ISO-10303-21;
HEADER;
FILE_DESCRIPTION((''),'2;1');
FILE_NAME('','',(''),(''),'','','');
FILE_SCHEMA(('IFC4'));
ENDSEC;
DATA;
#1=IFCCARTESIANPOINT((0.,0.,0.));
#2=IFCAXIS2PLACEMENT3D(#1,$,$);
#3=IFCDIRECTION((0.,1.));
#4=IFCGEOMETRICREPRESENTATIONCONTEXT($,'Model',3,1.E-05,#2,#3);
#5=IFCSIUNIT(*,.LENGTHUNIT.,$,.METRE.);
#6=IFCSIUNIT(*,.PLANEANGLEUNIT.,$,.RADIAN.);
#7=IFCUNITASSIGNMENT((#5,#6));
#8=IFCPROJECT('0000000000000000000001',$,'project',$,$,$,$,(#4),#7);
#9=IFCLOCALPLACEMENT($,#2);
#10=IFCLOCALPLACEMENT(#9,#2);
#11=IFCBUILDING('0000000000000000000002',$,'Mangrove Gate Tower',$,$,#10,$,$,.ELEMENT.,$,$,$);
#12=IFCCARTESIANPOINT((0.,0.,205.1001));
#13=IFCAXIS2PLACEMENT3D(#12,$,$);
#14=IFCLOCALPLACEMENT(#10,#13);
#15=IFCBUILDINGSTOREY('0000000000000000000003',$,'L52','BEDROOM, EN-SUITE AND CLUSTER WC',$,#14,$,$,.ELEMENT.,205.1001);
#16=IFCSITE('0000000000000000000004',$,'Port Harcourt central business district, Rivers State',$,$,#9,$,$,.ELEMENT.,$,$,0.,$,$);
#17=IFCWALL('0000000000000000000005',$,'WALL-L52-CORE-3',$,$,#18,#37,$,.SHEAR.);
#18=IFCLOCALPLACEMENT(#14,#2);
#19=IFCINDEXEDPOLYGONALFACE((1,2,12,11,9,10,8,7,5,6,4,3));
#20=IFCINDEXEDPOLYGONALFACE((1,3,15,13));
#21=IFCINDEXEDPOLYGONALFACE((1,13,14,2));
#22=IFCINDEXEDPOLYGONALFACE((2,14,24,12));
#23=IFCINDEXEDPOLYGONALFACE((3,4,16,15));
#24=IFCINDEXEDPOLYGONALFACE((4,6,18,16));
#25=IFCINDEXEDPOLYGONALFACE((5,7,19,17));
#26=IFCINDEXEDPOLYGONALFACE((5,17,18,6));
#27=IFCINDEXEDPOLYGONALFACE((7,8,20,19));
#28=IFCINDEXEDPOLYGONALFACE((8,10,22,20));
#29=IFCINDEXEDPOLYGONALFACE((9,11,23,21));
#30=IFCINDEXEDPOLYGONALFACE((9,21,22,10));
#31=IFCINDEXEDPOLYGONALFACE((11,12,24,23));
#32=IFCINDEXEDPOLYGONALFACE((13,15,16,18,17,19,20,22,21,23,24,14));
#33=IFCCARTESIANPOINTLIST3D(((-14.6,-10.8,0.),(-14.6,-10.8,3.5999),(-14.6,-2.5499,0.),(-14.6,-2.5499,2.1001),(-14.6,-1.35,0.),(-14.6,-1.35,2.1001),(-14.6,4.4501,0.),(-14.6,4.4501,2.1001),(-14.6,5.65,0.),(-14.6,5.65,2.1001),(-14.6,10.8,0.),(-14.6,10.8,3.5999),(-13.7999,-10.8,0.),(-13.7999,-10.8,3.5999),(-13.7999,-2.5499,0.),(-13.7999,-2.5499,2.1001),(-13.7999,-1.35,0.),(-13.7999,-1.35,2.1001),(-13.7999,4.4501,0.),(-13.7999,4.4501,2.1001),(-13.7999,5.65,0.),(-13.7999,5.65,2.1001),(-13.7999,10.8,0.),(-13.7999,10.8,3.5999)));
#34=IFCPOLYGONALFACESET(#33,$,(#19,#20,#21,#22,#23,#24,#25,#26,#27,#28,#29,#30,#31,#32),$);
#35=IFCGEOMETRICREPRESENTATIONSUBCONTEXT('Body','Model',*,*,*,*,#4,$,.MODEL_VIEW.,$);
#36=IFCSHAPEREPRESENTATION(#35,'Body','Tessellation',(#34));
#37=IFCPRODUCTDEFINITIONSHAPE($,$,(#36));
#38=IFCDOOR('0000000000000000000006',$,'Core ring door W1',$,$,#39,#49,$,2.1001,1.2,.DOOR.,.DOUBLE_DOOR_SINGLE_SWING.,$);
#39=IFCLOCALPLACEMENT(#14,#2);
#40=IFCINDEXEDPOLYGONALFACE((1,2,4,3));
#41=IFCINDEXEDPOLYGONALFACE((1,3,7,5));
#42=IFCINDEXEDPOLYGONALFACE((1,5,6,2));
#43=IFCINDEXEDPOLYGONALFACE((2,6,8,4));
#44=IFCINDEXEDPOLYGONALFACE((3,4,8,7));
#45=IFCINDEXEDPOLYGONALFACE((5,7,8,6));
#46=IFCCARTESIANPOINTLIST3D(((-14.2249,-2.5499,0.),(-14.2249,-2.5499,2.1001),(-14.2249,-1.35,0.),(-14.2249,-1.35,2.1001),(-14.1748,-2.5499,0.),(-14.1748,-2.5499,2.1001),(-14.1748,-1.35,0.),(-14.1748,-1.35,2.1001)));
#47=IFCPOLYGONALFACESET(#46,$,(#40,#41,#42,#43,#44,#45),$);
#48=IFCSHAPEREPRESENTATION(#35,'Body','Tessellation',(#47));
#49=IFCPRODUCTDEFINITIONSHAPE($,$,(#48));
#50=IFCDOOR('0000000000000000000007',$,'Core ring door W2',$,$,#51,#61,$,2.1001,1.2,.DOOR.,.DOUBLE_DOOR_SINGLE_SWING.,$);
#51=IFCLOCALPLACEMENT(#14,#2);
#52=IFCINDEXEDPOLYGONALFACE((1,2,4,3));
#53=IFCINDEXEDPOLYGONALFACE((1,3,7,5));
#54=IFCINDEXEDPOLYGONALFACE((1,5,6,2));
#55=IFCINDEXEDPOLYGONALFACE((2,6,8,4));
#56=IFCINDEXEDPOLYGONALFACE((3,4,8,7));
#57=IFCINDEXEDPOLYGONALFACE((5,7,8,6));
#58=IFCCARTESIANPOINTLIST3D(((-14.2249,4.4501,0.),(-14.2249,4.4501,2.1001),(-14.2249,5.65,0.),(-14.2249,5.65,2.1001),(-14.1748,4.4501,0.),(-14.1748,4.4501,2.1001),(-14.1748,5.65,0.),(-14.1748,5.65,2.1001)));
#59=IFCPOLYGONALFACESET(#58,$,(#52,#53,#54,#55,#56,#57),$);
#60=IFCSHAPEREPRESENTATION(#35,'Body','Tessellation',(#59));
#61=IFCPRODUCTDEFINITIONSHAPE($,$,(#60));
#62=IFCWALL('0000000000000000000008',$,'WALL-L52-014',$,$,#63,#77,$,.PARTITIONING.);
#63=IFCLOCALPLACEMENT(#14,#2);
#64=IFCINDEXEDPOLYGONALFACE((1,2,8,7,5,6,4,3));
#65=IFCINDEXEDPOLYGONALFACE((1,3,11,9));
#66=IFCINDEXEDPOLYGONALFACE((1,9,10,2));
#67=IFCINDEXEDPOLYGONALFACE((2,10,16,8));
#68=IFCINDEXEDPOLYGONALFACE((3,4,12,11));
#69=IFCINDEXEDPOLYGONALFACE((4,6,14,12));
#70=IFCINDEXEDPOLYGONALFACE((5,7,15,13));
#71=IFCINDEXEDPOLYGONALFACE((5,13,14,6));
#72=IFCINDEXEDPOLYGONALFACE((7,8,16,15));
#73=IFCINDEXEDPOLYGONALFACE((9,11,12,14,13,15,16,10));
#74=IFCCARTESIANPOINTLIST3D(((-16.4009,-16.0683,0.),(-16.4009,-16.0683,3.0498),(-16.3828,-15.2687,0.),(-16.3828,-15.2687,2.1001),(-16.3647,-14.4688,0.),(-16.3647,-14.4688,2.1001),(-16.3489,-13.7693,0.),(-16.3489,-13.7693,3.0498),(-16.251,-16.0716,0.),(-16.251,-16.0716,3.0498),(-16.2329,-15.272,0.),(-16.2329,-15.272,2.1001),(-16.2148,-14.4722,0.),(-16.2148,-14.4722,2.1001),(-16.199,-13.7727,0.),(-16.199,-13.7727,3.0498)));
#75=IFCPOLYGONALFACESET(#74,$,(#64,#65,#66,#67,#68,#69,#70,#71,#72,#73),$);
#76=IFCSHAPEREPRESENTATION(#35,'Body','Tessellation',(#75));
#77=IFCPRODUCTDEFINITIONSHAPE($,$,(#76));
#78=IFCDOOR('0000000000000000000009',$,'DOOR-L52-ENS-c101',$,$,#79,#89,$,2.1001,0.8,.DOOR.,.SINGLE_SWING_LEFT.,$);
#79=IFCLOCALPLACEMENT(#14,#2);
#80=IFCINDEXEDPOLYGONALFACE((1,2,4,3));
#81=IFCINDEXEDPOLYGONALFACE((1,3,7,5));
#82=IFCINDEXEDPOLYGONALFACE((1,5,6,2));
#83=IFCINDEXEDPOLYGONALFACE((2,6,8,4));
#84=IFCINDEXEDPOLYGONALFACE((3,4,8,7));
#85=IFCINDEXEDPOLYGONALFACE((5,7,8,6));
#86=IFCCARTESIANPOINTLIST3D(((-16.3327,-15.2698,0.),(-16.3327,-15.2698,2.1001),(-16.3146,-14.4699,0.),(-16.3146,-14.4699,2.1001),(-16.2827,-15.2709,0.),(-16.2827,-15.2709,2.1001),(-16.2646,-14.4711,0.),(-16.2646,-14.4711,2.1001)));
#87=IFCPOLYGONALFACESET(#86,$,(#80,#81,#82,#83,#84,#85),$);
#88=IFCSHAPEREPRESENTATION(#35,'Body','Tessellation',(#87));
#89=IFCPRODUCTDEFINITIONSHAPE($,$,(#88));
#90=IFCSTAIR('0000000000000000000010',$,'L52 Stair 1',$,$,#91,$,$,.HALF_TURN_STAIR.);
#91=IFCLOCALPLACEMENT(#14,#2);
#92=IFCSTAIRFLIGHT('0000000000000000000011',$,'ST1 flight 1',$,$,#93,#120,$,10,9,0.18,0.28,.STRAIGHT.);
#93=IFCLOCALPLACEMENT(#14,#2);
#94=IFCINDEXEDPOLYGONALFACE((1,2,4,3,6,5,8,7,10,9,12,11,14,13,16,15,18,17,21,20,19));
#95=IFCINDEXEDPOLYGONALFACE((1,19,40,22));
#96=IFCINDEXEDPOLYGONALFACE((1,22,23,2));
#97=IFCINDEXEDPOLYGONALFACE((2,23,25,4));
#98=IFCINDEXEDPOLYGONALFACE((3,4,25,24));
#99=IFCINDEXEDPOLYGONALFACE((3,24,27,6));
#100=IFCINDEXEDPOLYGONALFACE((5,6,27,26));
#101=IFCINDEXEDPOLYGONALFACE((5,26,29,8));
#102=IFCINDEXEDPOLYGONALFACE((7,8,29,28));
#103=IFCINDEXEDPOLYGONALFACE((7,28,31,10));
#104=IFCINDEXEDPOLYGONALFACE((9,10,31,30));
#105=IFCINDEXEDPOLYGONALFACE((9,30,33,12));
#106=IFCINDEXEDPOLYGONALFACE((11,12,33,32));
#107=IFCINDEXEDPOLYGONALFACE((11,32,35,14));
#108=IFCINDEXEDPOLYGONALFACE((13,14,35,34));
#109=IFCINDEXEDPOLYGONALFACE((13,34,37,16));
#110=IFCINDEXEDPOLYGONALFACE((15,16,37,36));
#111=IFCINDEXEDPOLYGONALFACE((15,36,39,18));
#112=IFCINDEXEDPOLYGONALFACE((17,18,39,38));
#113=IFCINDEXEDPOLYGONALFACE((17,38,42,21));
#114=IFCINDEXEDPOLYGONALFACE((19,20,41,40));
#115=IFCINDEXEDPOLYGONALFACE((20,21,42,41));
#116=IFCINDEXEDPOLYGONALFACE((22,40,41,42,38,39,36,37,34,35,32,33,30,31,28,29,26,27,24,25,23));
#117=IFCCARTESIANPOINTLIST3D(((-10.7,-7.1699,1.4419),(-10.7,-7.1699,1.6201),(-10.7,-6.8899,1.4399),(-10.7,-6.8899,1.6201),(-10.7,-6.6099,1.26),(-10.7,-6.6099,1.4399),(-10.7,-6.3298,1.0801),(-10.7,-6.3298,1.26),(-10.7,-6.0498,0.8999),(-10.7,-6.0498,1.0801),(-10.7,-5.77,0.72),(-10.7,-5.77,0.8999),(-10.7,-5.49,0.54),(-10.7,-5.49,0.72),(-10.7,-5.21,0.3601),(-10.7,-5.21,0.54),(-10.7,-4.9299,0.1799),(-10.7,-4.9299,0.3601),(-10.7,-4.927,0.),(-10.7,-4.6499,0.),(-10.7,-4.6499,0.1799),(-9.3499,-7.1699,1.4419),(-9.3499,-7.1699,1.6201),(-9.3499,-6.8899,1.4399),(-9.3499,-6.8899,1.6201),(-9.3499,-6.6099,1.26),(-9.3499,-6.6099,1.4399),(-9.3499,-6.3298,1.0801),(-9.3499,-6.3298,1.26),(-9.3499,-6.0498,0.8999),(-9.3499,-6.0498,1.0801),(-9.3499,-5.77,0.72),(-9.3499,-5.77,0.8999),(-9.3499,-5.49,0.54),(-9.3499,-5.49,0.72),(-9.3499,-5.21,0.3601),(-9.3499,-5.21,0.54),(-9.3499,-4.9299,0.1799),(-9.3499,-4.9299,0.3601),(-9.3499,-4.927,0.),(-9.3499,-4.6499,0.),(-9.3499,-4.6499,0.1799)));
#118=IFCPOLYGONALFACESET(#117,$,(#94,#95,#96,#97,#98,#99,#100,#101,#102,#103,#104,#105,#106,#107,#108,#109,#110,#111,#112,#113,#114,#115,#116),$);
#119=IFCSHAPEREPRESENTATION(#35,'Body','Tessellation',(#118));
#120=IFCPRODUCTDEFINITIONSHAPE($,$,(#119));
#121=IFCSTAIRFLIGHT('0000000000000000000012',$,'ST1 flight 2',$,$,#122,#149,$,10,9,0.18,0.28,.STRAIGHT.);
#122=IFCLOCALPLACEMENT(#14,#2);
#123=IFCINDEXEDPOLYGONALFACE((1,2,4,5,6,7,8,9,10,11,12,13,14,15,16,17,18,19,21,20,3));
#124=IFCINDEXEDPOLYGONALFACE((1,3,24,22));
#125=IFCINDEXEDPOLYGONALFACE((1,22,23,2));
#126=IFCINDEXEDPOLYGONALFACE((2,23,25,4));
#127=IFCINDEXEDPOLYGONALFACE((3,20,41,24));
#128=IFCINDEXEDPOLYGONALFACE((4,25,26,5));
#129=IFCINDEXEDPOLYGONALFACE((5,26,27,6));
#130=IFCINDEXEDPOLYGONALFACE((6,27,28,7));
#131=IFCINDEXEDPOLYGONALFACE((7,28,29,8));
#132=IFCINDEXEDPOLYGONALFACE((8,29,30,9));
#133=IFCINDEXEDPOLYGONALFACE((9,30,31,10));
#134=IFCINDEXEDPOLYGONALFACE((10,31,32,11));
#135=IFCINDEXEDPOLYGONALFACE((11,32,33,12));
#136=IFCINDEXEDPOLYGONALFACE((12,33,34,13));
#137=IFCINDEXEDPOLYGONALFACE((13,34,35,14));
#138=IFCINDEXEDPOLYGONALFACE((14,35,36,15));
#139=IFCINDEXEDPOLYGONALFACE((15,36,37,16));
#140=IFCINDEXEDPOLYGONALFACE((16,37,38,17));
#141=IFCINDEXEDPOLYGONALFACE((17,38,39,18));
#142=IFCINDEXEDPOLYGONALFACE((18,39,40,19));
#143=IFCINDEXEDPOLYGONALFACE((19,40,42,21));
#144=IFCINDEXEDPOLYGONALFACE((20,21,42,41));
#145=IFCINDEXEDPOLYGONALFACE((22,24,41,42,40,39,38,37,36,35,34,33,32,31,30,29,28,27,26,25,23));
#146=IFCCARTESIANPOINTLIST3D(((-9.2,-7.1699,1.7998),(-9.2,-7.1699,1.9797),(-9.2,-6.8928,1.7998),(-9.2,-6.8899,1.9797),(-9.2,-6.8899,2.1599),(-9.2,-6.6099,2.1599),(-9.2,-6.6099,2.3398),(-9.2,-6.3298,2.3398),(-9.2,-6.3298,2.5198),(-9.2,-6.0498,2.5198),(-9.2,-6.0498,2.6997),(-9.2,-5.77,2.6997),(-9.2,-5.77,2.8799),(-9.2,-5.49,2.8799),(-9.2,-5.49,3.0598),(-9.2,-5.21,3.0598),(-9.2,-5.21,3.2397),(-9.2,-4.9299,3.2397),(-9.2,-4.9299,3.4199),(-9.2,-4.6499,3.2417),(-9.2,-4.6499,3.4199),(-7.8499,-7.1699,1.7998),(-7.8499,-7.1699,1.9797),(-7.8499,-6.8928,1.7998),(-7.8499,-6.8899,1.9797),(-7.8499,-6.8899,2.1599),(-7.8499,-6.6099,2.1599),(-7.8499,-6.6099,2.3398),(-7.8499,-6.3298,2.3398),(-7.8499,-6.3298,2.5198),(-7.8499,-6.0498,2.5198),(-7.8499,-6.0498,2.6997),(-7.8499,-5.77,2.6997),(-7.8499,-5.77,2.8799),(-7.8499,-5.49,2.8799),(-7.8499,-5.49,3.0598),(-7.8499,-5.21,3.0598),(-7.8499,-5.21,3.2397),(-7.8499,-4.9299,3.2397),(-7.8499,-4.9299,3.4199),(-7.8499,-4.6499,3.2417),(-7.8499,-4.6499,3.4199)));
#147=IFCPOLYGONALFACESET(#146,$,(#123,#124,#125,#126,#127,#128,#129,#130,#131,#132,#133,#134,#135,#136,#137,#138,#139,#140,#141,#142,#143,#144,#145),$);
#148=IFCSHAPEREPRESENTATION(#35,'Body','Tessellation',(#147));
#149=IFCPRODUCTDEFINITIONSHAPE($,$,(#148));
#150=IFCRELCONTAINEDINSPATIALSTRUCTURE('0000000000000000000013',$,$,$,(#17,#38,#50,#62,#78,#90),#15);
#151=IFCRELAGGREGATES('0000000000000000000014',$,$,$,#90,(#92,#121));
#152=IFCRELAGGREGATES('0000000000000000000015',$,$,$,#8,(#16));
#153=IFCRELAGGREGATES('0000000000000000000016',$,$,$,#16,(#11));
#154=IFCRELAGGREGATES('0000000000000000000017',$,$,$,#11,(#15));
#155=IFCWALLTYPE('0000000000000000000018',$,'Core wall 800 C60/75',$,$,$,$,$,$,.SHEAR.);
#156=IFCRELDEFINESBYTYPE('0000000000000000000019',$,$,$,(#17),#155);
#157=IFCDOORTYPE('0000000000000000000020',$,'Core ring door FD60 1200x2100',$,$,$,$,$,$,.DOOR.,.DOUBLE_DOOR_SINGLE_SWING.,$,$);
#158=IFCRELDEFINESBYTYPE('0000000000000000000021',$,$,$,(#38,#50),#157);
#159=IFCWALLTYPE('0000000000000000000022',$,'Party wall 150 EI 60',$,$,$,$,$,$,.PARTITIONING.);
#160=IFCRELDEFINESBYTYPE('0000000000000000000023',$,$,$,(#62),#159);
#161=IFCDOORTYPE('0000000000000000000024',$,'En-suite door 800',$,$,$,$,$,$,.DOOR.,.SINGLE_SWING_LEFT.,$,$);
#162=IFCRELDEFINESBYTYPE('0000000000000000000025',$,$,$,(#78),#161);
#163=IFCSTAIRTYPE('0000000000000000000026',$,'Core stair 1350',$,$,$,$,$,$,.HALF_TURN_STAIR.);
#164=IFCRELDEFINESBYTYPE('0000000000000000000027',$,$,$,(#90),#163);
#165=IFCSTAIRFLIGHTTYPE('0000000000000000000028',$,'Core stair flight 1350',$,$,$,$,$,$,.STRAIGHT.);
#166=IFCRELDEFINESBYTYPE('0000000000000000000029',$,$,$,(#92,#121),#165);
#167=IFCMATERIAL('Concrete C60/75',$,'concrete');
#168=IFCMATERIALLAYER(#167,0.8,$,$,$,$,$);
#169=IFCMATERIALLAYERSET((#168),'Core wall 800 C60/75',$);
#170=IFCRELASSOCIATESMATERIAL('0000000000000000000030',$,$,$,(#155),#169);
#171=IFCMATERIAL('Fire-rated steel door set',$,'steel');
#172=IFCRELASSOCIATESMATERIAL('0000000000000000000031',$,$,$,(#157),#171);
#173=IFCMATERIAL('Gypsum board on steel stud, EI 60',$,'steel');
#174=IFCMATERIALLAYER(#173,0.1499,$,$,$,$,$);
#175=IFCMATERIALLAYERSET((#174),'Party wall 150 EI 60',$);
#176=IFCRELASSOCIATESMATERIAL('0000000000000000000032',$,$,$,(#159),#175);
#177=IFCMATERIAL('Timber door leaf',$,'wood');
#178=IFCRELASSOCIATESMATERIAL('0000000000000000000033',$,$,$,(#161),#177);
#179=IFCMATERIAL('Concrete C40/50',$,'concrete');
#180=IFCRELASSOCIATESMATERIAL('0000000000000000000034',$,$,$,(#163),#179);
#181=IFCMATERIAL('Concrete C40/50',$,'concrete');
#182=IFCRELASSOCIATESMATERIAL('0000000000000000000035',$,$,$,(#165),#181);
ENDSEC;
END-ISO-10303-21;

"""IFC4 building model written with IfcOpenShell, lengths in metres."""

from ifc_helpers import new_model, si_unit, direction, frame, frame_2d, origin, place, context, subcontext, project, spatial, polyline, rectangle, outline, extrude, material, layer, layer_set, type_object, element, fill, aggregate, save


model = new_model("IFC4")

# Units and contexts
model_context = context("Model", 3, precision=1e-05, world=origin(), true_north=direction((0.0, 1.0)))
body_context = subcontext(model_context, "Body", "Model", "MODEL_VIEW")
ifc_project = project(units=[si_unit("LENGTHUNIT", "METRE"), si_unit("PLANEANGLEUNIT", "RADIAN")], contexts=[model_context])

# Site, building, storey
site_placement = place(None, origin())
site = spatial("IfcSite", under=ifc_project, at=site_placement, Name="Port Harcourt central business district, Rivers State", CompositionType="ELEMENT", RefElevation=0.0)
building_placement = place(site_placement, origin())
building = spatial("IfcBuilding", under=site, at=building_placement, Name="Mangrove Gate Tower", CompositionType="ELEMENT")
storey_placement = place(building_placement, frame((0.0, 0.0, 205.1001)))
storey = spatial("IfcBuildingStorey", under=building, at=storey_placement, Name="L52", Description="BEDROOM, EN-SUITE AND CLUSTER WC", CompositionType="ELEMENT", Elevation=205.1001)

# Shared definitions
ifc_material_1 = material(Name="Concrete C60/75", Category="concrete")
ifc_layer_1 = layer(ifc_material_1, 0.8)
ifc_layer_set_1 = layer_set([ifc_layer_1], Name="Core wall 800 C60/75")
wall_type_1 = type_object("IfcWallType", Name="Core wall 800 C60/75", PredefinedType="SHEAR", material=ifc_layer_set_1)

# Wall, openings, doors
wall_1_placement = place(storey_placement, frame((-14.2, -10.8, 0.0), z_axis=(0.0, 0.0, 1.0), x_axis=(0.0, 1.0, 0.0)))
wall_1 = element("IfcWall", 1, at=wall_1_placement, inside=storey, type_object=wall_type_1, Name="WALL-L52-CORE-3", PredefinedType="SHEAR", context=body_context, shape_type="SweptSolid", body=[
    extrude(rectangle(XDim=21.6001, YDim=0.8, at=frame_2d((10.8, 0.0))), origin(), (0.0, 0.0, 1.0), 3.5999),
])
opening_1_placement = place(wall_1_placement, frame((8.25, 0.0, 0.0)))
opening_1 = element("IfcOpeningElement", 2, at=opening_1_placement, cuts=wall_1, PredefinedType="OPENING", context=body_context, shape_type="SweptSolid", body=[
    extrude(rectangle(XDim=1.2, YDim=2.1001, at=frame_2d((0.6001, 1.05))), frame((0.0, 0.4099, 0.0), z_axis=(0.0, -1.0, 0.0), x_axis=(1.0, 0.0, 0.0)), (0.0, 0.0, 1.0), 0.8201),
])
opening_2_placement = place(wall_1_placement, frame((15.25, 0.0, 0.0)))
opening_2 = element("IfcOpeningElement", 3, at=opening_2_placement, cuts=wall_1, PredefinedType="OPENING", context=body_context, shape_type="SweptSolid", body=[
    extrude(rectangle(XDim=1.2, YDim=2.1001, at=frame_2d((0.6001, 1.05))), frame((0.0, 0.4099, 0.0), z_axis=(0.0, -1.0, 0.0), x_axis=(1.0, 0.0, 0.0)), (0.0, 0.0, 1.0), 0.8201),
])
ifc_material_2 = material(Name="Fire-rated steel door set", Category="steel")
door_type_1 = type_object("IfcDoorType", Name="Core ring door FD60 1200x2100", OperationType="DOUBLE_DOOR_SINGLE_SWING", PredefinedType="DOOR", material=ifc_material_2)
door_1_placement = place(opening_1_placement, origin())
door_1 = element("IfcDoor", 4, at=door_1_placement, inside=storey, type_object=door_type_1, Name="Core ring door W1", OperationType="DOUBLE_DOOR_SINGLE_SWING", OverallHeight=2.1001, OverallWidth=1.2, PredefinedType="DOOR", context=body_context, shape_type="SweptSolid", body=[
    extrude(rectangle(XDim=1.2, YDim=2.1001, at=frame_2d((0.6001, 1.05))), frame((0.0, 0.0249, 0.0), z_axis=(0.0, -1.0, 0.0), x_axis=(1.0, 0.0, 0.0)), (0.0, 0.0, 1.0), 0.05),
])
fill(opening_1, door_1)
door_2_placement = place(opening_2_placement, origin())
door_2 = element("IfcDoor", 5, at=door_2_placement, inside=storey, type_object=door_type_1, Name="Core ring door W2", OperationType="DOUBLE_DOOR_SINGLE_SWING", OverallHeight=2.1001, OverallWidth=1.2, PredefinedType="DOOR", context=body_context, shape_type="SweptSolid", body=[
    extrude(rectangle(XDim=1.2, YDim=2.1001, at=frame_2d((0.6001, 1.05))), frame((0.0, 0.0249, 0.0), z_axis=(0.0, -1.0, 0.0), x_axis=(1.0, 0.0, 0.0)), (0.0, 0.0, 1.0), 0.05),
])
fill(opening_2, door_2)

# Wall, opening, door
ifc_material_3 = material(Name="Gypsum board on steel stud, EI 60", Category="steel")
ifc_layer_2 = layer(ifc_material_3, 0.1499)
ifc_layer_set_2 = layer_set([ifc_layer_2], Name="Party wall 150 EI 60")
wall_type_2 = type_object("IfcWallType", Name="Party wall 150 EI 60", PredefinedType="PARTITIONING", material=ifc_layer_set_2)
wall_2_placement = place(storey_placement, frame((-16.3259, -16.0701, 0.0), z_axis=(0.0, 0.0, 1.0), x_axis=(0.022613, 0.999744, 0.0)))
wall_2 = element("IfcWall", 6, at=wall_2_placement, inside=storey, type_object=wall_type_2, Name="WALL-L52-014", PredefinedType="PARTITIONING", context=body_context, shape_type="SweptSolid", body=[
    extrude(rectangle(XDim=2.2996, YDim=0.1499, at=frame_2d((1.1499, 0.0))), origin(), (0.0, 0.0, 1.0), 3.0498),
])
opening_3_placement = place(wall_2_placement, frame((0.8, 0.0, 0.0)))
opening_3 = element("IfcOpeningElement", 7, at=opening_3_placement, cuts=wall_2, PredefinedType="OPENING", context=body_context, shape_type="SweptSolid", body=[
    extrude(rectangle(XDim=0.8, YDim=2.1001, at=frame_2d((0.3999, 1.05))), frame((0.0, 0.085, 0.0), z_axis=(0.0, -1.0, 0.0), x_axis=(1.0, 0.0, 0.0)), (0.0, 0.0, 1.0), 0.1699),
])
ifc_material_4 = material(Name="Timber door leaf", Category="wood")
door_type_2 = type_object("IfcDoorType", Name="En-suite door 800", OperationType="SINGLE_SWING_LEFT", PredefinedType="DOOR", material=ifc_material_4)
door_3_placement = place(opening_3_placement, origin())
door_3 = element("IfcDoor", 8, at=door_3_placement, inside=storey, type_object=door_type_2, Name="DOOR-L52-ENS-c101", OperationType="SINGLE_SWING_LEFT", OverallHeight=2.1001, OverallWidth=0.8, PredefinedType="DOOR", context=body_context, shape_type="SweptSolid", body=[
    extrude(rectangle(XDim=0.8, YDim=2.1001, at=frame_2d((0.3999, 1.05))), frame((0.0, 0.0249, 0.0), z_axis=(0.0, -1.0, 0.0), x_axis=(1.0, 0.0, 0.0)), (0.0, 0.0, 1.0), 0.05),
])
fill(opening_3, door_3)

# Stair, stair flights
ifc_material_5 = material(Name="Concrete C40/50", Category="concrete")
stair_type = type_object("IfcStairType", Name="Core stair 1350", PredefinedType="HALF_TURN_STAIR", material=ifc_material_5)
stair_placement = place(storey_placement, origin())
stair = element("IfcStair", 9, at=stair_placement, inside=storey, type_object=stair_type, Name="L52 Stair 1", PredefinedType="HALF_TURN_STAIR")
ifc_material_6 = material(Name="Concrete C40/50", Category="concrete")
stair_flight_type = type_object("IfcStairFlightType", Name="Core stair flight 1350", PredefinedType="STRAIGHT", material=ifc_material_6)
stair_flight_1_placement = place(storey_placement, frame((-10.0249, -4.6499, 0.0), z_axis=(0.0, 0.0, 1.0), x_axis=(0.0, -1.0, 0.0)))
stair_flight_1 = element("IfcStairFlight", 10, at=stair_flight_1_placement, type_object=stair_flight_type, Name="ST1 flight 1", NumberOfRisers=10, NumberOfTreads=9, PredefinedType="STRAIGHT", RiserHeight=0.18, TreadLength=0.28, context=body_context, shape_type="SweptSolid", body=[
    extrude(outline(polyline([(0.0, 0.0), (0.0, 0.1799), (0.28, 0.1799), (0.28, 0.3601), (0.5601, 0.3601), (0.5601, 0.54), (0.8401, 0.54), (0.8401, 0.72), (1.1201, 0.72), (1.1201, 0.8999), (1.3999, 0.8999), (1.3999, 1.0801), (1.6799, 1.0801), (1.6799, 1.26), (1.96, 1.26), (1.96, 1.4399), (2.24, 1.4399), (2.24, 1.6201), (2.52, 1.6201), (2.52, 1.8), (2.52, 1.4419), (0.2771, 0.0), (0.0, 0.0)])), frame((0.0, 0.675, 0.0), z_axis=(0.0, -1.0, 0.0), x_axis=(1.0, 0.0, 0.0)), (0.0, 0.0, 1.0), 1.3501),
])
stair_flight_2_placement = place(storey_placement, frame((-8.5249, -7.1699, 1.7998), z_axis=(0.0, 0.0, 1.0), x_axis=(0.0, 1.0, 0.0)))
stair_flight_2 = element("IfcStairFlight", 11, at=stair_flight_2_placement, type_object=stair_flight_type, Name="ST1 flight 2", NumberOfRisers=10, NumberOfTreads=9, PredefinedType="STRAIGHT", RiserHeight=0.18, TreadLength=0.28, context=body_context, shape_type="SweptSolid", body=[
    extrude(outline(polyline([(0.0, 0.0), (0.0, 0.1799), (0.28, 0.1799), (0.28, 0.3601), (0.5601, 0.3601), (0.5601, 0.54), (0.8401, 0.54), (0.8401, 0.72), (1.1201, 0.72), (1.1201, 0.8999), (1.3999, 0.8999), (1.3999, 1.0801), (1.6799, 1.0801), (1.6799, 1.26), (1.96, 1.26), (1.96, 1.4399), (2.24, 1.4399), (2.24, 1.6201), (2.52, 1.6201), (2.52, 1.8), (2.52, 1.4419), (0.2771, 0.0), (0.0, 0.0)])), frame((0.0, 0.675, 0.0), z_axis=(0.0, -1.0, 0.0), x_axis=(1.0, 0.0, 0.0)), (0.0, 0.0, 1.0), 1.3501),
])
aggregate(stair, [stair_flight_1, stair_flight_2])

save(model, "model.ifc")
